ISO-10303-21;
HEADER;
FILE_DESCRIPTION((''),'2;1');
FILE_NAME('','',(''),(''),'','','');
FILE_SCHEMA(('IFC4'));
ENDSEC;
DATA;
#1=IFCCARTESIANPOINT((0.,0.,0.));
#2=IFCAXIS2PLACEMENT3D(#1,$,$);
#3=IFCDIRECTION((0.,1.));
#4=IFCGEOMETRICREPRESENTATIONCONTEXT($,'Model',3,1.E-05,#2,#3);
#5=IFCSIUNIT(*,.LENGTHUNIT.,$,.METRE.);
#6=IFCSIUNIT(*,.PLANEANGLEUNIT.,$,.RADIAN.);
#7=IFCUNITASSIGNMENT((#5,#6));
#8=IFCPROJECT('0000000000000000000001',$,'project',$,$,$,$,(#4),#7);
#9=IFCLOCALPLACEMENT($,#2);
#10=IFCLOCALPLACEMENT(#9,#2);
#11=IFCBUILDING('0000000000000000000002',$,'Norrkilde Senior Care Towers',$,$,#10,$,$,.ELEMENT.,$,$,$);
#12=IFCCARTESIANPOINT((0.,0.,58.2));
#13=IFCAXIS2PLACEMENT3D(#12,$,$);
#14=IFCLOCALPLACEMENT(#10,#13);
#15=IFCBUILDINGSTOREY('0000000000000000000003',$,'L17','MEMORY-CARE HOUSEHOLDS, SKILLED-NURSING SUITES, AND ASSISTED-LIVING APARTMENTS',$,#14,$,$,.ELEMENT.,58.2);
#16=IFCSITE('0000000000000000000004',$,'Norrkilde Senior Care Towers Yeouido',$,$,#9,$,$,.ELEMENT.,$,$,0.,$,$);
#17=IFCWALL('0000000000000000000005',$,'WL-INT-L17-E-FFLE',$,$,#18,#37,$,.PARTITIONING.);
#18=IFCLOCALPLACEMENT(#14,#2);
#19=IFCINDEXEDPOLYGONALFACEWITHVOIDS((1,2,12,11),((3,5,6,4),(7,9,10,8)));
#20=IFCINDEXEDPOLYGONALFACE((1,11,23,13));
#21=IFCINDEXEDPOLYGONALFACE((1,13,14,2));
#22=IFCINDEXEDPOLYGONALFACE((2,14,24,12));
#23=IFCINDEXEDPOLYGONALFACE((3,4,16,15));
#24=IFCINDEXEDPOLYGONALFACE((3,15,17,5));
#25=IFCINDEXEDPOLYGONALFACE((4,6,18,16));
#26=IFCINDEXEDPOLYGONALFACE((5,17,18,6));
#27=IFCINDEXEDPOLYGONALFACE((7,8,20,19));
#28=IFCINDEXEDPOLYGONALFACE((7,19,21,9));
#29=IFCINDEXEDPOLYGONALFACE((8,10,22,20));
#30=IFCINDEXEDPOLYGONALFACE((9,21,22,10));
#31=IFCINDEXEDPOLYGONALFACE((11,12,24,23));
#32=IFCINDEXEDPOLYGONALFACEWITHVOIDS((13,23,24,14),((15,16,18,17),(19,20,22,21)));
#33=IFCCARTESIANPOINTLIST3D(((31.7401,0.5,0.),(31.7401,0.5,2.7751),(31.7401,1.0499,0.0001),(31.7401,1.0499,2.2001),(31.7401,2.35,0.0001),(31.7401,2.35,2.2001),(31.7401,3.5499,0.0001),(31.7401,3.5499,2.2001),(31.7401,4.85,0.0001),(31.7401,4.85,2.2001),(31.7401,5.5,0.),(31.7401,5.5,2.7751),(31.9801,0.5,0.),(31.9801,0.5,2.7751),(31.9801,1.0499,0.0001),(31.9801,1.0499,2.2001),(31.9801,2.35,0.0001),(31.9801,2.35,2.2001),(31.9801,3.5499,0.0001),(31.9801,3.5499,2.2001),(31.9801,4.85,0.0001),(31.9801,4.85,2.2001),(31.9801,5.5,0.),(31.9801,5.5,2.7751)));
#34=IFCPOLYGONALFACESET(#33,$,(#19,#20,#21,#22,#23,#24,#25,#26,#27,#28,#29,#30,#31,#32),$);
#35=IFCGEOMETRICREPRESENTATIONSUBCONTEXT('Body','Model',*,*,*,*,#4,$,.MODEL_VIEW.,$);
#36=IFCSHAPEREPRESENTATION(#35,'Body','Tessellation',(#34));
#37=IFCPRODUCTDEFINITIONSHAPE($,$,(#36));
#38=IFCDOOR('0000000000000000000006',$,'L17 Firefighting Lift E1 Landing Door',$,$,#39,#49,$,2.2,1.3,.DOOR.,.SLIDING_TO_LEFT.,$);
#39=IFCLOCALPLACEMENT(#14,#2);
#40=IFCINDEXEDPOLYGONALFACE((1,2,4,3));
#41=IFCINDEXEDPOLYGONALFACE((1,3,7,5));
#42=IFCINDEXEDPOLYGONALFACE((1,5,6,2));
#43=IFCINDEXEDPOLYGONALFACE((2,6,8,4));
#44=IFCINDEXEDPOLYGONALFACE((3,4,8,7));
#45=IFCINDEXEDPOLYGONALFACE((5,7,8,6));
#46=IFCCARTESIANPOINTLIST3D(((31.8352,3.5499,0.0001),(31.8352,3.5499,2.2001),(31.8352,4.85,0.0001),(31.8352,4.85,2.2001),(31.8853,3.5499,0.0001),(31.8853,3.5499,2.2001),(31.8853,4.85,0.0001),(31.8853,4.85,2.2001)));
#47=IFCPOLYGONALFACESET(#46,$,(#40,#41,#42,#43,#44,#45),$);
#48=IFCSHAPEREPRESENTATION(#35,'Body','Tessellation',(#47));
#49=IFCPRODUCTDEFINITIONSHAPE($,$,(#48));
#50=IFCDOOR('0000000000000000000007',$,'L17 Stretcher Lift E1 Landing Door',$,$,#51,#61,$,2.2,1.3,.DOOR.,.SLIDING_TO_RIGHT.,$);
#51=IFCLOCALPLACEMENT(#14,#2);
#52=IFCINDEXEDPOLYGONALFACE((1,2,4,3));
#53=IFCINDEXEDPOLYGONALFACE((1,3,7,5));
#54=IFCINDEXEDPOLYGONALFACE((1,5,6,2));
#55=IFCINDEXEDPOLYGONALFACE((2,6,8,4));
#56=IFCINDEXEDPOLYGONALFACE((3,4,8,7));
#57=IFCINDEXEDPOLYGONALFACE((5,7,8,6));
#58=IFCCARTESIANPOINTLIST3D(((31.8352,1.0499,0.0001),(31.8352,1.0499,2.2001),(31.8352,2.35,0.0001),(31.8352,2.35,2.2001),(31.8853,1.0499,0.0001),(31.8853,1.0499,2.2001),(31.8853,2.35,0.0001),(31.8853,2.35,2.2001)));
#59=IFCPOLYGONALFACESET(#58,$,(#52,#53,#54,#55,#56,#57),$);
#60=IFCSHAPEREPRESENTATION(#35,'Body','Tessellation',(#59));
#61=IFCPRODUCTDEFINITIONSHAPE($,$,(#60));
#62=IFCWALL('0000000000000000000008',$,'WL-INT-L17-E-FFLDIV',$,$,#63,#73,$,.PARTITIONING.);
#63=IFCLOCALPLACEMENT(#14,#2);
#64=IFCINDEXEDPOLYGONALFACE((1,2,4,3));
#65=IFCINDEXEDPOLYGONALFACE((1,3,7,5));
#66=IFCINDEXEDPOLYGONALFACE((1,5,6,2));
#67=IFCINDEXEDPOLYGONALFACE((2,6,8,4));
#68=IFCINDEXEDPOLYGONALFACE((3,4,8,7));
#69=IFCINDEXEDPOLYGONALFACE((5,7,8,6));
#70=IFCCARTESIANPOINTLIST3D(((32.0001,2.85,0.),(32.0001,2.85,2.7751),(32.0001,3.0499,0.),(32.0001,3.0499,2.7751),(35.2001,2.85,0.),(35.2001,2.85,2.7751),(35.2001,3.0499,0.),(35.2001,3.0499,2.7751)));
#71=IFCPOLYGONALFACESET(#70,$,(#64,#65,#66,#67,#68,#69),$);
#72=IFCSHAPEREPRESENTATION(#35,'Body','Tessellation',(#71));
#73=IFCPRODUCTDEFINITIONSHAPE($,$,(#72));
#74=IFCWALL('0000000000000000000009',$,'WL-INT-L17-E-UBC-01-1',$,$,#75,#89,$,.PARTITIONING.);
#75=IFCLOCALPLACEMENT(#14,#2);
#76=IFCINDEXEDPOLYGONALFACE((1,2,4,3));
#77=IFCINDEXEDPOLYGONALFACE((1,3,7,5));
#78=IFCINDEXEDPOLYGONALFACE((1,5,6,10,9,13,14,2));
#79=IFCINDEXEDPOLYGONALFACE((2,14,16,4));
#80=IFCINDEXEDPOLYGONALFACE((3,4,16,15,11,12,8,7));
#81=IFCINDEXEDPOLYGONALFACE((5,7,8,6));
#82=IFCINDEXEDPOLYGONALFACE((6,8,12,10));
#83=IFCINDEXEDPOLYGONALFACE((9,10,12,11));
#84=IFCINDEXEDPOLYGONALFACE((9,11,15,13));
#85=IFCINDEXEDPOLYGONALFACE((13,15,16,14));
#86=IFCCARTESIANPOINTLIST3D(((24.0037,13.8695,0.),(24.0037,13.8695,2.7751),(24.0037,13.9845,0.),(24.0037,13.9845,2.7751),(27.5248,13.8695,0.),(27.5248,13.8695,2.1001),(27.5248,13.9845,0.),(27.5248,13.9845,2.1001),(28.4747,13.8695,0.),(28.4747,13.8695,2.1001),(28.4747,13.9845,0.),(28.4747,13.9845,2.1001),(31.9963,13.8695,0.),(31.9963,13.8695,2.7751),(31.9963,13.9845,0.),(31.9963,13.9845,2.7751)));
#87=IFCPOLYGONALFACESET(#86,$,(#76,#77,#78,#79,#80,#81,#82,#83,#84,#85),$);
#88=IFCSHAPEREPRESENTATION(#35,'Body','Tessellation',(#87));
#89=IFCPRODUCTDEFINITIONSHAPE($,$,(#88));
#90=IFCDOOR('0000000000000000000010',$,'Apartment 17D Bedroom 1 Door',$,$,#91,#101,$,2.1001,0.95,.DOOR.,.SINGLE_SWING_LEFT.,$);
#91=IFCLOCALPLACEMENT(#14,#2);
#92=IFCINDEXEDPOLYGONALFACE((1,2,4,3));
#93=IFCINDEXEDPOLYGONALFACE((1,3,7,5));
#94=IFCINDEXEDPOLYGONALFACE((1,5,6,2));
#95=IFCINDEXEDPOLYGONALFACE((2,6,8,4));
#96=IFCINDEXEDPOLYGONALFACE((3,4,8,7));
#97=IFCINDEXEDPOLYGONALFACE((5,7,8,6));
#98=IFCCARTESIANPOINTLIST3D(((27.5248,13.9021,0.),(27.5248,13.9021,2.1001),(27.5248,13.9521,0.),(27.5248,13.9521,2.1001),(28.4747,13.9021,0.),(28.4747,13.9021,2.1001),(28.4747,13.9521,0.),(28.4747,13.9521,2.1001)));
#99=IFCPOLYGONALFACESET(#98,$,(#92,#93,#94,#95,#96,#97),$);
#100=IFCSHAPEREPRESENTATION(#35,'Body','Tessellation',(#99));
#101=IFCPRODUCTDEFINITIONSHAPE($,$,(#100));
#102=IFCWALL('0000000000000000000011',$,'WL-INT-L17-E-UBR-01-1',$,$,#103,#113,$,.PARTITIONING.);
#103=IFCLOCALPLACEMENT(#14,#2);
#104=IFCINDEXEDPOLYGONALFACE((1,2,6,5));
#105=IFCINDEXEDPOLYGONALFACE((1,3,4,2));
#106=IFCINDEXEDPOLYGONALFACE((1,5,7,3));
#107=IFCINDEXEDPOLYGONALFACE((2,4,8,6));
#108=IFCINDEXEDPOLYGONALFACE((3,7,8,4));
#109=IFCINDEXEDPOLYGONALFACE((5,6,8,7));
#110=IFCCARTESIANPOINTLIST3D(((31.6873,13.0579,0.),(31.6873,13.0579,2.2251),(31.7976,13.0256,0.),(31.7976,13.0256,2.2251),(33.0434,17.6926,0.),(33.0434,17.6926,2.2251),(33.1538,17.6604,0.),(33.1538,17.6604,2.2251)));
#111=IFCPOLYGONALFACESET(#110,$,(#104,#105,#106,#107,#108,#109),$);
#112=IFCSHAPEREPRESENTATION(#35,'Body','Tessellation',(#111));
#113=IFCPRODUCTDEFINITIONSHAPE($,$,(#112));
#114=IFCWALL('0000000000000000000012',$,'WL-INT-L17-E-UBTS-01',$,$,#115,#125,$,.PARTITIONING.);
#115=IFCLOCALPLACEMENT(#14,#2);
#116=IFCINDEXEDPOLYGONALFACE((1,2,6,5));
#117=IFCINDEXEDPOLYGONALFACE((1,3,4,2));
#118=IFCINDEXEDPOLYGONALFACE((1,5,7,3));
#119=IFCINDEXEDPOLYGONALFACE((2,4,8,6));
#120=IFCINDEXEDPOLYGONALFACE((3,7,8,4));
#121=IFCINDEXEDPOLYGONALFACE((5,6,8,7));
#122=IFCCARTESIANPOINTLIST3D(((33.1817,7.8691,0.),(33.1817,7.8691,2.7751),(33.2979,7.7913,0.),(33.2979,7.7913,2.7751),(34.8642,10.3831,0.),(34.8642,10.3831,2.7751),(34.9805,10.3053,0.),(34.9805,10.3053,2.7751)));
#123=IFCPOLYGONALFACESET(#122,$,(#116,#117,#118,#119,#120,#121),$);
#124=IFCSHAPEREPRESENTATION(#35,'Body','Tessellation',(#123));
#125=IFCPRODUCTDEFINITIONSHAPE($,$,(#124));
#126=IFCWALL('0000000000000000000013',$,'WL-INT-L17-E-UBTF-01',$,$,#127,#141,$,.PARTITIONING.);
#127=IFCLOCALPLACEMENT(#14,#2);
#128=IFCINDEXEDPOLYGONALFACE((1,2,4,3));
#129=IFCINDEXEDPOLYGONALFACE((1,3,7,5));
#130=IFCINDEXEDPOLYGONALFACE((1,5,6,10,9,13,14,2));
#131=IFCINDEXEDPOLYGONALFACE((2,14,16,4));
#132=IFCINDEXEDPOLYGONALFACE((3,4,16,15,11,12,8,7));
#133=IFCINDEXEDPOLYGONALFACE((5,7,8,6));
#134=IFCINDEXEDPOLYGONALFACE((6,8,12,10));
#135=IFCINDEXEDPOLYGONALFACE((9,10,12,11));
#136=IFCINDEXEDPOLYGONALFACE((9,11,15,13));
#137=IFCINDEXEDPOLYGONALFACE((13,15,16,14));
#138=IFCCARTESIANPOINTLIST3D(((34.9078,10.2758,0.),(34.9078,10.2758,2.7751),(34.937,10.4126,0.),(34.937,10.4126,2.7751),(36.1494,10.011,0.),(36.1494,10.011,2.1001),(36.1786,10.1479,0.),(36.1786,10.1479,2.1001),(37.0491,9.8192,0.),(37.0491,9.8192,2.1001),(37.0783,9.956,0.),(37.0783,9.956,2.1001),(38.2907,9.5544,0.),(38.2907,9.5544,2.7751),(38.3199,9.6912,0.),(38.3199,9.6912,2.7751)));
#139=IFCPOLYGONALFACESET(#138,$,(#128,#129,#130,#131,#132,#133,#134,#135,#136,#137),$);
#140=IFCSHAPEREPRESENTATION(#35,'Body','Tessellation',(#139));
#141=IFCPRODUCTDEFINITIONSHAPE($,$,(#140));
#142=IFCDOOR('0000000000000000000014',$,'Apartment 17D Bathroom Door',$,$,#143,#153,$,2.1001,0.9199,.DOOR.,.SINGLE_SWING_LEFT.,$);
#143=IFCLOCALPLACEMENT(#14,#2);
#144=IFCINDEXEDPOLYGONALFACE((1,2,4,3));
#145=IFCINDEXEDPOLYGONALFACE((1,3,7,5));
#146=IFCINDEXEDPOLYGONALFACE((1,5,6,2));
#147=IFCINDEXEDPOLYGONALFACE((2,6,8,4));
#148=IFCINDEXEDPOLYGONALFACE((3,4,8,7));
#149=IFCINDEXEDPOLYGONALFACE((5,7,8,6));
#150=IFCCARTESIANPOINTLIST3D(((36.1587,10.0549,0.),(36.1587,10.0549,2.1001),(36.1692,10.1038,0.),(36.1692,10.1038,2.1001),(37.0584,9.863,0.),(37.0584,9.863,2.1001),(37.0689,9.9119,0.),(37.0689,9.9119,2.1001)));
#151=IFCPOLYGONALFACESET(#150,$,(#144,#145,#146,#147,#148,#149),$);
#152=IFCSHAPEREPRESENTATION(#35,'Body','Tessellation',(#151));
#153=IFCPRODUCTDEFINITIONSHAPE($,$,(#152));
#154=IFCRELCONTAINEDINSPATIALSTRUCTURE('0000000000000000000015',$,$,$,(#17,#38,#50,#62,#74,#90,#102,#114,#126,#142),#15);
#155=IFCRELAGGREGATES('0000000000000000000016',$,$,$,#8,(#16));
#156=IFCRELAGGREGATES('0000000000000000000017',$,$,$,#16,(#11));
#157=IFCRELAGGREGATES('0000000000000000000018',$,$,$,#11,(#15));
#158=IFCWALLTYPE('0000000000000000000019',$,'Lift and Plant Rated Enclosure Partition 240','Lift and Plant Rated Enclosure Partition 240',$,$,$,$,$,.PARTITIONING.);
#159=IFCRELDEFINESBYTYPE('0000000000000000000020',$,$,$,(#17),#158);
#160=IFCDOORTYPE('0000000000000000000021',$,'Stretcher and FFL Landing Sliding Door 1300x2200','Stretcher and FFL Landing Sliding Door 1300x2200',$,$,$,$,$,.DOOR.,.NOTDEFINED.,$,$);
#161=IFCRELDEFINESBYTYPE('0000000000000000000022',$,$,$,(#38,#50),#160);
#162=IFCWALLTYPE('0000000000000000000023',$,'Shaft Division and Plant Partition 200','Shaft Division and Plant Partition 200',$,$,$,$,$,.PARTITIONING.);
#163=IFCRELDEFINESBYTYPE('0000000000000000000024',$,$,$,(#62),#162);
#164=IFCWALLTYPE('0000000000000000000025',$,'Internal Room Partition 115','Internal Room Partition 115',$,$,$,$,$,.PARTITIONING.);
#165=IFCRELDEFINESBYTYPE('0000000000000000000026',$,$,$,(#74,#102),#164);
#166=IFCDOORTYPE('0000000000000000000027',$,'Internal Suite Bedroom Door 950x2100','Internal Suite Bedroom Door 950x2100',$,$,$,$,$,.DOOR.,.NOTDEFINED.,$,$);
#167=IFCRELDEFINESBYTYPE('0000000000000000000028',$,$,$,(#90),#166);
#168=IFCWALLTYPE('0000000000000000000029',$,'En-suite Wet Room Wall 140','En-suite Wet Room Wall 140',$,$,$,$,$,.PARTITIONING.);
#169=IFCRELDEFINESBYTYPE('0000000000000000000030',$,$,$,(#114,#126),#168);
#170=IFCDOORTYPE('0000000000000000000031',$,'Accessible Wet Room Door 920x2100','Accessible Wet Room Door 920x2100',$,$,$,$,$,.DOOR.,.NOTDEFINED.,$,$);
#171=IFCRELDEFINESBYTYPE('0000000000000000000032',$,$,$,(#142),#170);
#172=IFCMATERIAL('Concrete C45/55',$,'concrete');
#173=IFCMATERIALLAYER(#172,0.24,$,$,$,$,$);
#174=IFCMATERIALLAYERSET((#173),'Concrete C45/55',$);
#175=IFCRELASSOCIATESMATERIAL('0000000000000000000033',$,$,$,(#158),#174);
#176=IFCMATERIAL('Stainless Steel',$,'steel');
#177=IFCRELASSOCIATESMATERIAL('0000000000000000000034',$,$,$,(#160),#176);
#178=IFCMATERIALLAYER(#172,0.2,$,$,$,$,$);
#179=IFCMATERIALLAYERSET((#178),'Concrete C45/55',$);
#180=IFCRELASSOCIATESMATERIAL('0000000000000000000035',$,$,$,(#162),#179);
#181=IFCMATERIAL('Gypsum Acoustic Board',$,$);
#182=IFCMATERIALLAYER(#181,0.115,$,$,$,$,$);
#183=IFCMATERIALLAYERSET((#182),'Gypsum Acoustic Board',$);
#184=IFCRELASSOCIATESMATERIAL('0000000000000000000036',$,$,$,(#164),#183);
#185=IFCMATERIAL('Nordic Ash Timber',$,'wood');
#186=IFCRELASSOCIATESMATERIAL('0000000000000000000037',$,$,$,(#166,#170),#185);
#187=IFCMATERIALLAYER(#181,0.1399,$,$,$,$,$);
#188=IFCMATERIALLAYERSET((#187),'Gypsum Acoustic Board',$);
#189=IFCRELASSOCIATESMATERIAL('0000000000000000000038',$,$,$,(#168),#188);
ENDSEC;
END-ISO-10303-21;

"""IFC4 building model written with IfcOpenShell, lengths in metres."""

from ifc_helpers import new_model, si_unit, direction, frame, frame_2d, origin, place, context, subcontext, project, spatial, rectangle, extrude, source, transform, mapped, material, layer, layer_set, type_object, type_shapes, element, fill, save


model = new_model("IFC4")

# Units and contexts
model_context = context("Model", 3, precision=1e-05, world=origin(), true_north=direction((0.0, 1.0)))
body_context = subcontext(model_context, "Body", "Model", "MODEL_VIEW")
ifc_project = project(units=[si_unit("LENGTHUNIT", "METRE"), si_unit("PLANEANGLEUNIT", "RADIAN")], contexts=[model_context])

# Site, building, storey
site_placement = place(None, origin())
site = spatial("IfcSite", under=ifc_project, at=site_placement, Name="Norrkilde Senior Care Towers Yeouido", CompositionType="ELEMENT", RefElevation=0.0)
building_placement = place(site_placement, origin())
building = spatial("IfcBuilding", under=site, at=building_placement, Name="Norrkilde Senior Care Towers", CompositionType="ELEMENT")
storey_placement = place(building_placement, frame((0.0, 0.0, 58.2)))
storey = spatial("IfcBuildingStorey", under=building, at=storey_placement, Name="L17", Description="MEMORY-CARE HOUSEHOLDS, SKILLED-NURSING SUITES, AND ASSISTED-LIVING APARTMENTS", CompositionType="ELEMENT", Elevation=58.2)

# Shared definitions
ifc_material_1 = material(Name="Concrete C45/55", Category="concrete")

# Wall, openings, doors
ifc_layer_1 = layer(ifc_material_1, 0.24)
ifc_layer_set_1 = layer_set([ifc_layer_1], Name="Concrete C45/55")
wall_type_1 = type_object("IfcWallType", Name="Lift and Plant Rated Enclosure Partition 240", Description="Lift and Plant Rated Enclosure Partition 240", PredefinedType="PARTITIONING", material=ifc_layer_set_1)
shared_shape_1 = source(origin(), body_context, "Body", "SweptSolid", [
    extrude(rectangle(XDim=5.0, YDim=0.24, at=frame_2d((2.5, 0.0))), origin(), (0.0, 0.0, 1.0), 2.7751),
])
type_shapes(wall_type_1, [shared_shape_1])
wall_1_placement = place(storey_placement, frame((31.8601, 0.5, 0.0), z_axis=(0.0, 0.0, 1.0), x_axis=(0.0, 1.0, 0.0)))
wall_1 = element("IfcWall", 1, at=wall_1_placement, inside=storey, type_object=wall_type_1, Name="WL-INT-L17-E-FFLE", PredefinedType="PARTITIONING", context=body_context, shape_type="MappedRepresentation", body=[
    mapped(shared_shape_1, transform((0.0, 0.0, 0.0), x_axis=(1.0, 0.0, 0.0), y_axis=(0.0, 1.0, 0.0), z_axis=(0.0, 0.0, 1.0), scale=1.0)),
])
opening_1_placement = place(wall_1_placement, frame((3.05, 0.0, 0.0)))
opening_1 = element("IfcOpeningElement", 2, at=opening_1_placement, cuts=wall_1, PredefinedType="OPENING", context=body_context, shape_type="SweptSolid", body=[
    extrude(rectangle(XDim=1.3, YDim=2.2, at=frame_2d((0.6499, 1.1001))), frame((0.0, 0.1299, 0.0), z_axis=(0.0, -1.0, 0.0), x_axis=(1.0, 0.0, 0.0)), (0.0, 0.0, 1.0), 0.26),
])
opening_2_placement = place(wall_1_placement, frame((0.55, 0.0, 0.0)))
opening_2 = element("IfcOpeningElement", 3, at=opening_2_placement, cuts=wall_1, PredefinedType="OPENING", context=body_context, shape_type="SweptSolid", body=[
    extrude(rectangle(XDim=1.3, YDim=2.2, at=frame_2d((0.6499, 1.1001))), frame((0.0, 0.1299, 0.0), z_axis=(0.0, -1.0, 0.0), x_axis=(1.0, 0.0, 0.0)), (0.0, 0.0, 1.0), 0.26),
])
ifc_material_2 = material(Name="Stainless Steel", Category="steel")
door_type_1 = type_object("IfcDoorType", Name="Stretcher and FFL Landing Sliding Door 1300x2200", Description="Stretcher and FFL Landing Sliding Door 1300x2200", OperationType="NOTDEFINED", PredefinedType="DOOR", material=ifc_material_2)
shared_shape_2 = source(origin(), body_context, "Body", "SweptSolid", [
    extrude(rectangle(XDim=1.3, YDim=2.2, at=frame_2d((0.6499, 1.1001))), frame((0.0, 0.0249, 0.0), z_axis=(0.0, -1.0, 0.0), x_axis=(1.0, 0.0, 0.0)), (0.0, 0.0, 1.0), 0.05),
])
type_shapes(door_type_1, [shared_shape_2])
door_1_placement = place(opening_1_placement, origin())
door_1 = element("IfcDoor", 4, at=door_1_placement, inside=storey, type_object=door_type_1, Name="L17 Firefighting Lift E1 Landing Door", OperationType="SLIDING_TO_LEFT", OverallHeight=2.2, OverallWidth=1.3, PredefinedType="DOOR", context=body_context, shape_type="MappedRepresentation", body=[
    mapped(shared_shape_2, transform((0.0, 0.0, 0.0), x_axis=(1.0, 0.0, 0.0), y_axis=(0.0, 1.0, 0.0), z_axis=(0.0, 0.0, 1.0), scale=1.0)),
])
fill(opening_1, door_1)
door_2_placement = place(opening_2_placement, origin())
door_2 = element("IfcDoor", 5, at=door_2_placement, inside=storey, type_object=door_type_1, Name="L17 Stretcher Lift E1 Landing Door", OperationType="SLIDING_TO_RIGHT", OverallHeight=2.2, OverallWidth=1.3, PredefinedType="DOOR", context=body_context, shape_type="MappedRepresentation", body=[
    mapped(shared_shape_2, transform((0.0, 0.0, 0.0), x_axis=(1.0, 0.0, 0.0), y_axis=(0.0, 1.0, 0.0), z_axis=(0.0, 0.0, 1.0), scale=1.0)),
])
fill(opening_2, door_2)

# Wall
ifc_layer_2 = layer(ifc_material_1, 0.2)
ifc_layer_set_2 = layer_set([ifc_layer_2], Name="Concrete C45/55")
wall_type_2 = type_object("IfcWallType", Name="Shaft Division and Plant Partition 200", Description="Shaft Division and Plant Partition 200", PredefinedType="PARTITIONING", material=ifc_layer_set_2)
shared_shape_3 = source(origin(), body_context, "Body", "SweptSolid", [
    extrude(rectangle(XDim=3.2, YDim=0.2, at=frame_2d((1.6001, 0.0))), origin(), (0.0, 0.0, 1.0), 2.7751),
])
type_shapes(wall_type_2, [shared_shape_3])
wall_2_placement = place(storey_placement, frame((32.0, 2.95, 0.0), z_axis=(0.0, 0.0, 1.0), x_axis=(1.0, 0.0, 0.0)))
element("IfcWall", 6, at=wall_2_placement, inside=storey, type_object=wall_type_2, Name="WL-INT-L17-E-FFLDIV", PredefinedType="PARTITIONING", context=body_context, shape_type="MappedRepresentation", body=[
    mapped(shared_shape_3, transform((0.0, 0.0, 0.0), x_axis=(1.0, 0.0, 0.0), y_axis=(0.0, 1.0, 0.0), z_axis=(0.0, 0.0, 1.0), scale=1.0)),
])

# Wall, opening, door
ifc_material_3 = material(Name="Gypsum Acoustic Board")
ifc_layer_3 = layer(ifc_material_3, 0.115)
ifc_layer_set_3 = layer_set([ifc_layer_3], Name="Gypsum Acoustic Board")
wall_type_3 = type_object("IfcWallType", Name="Internal Room Partition 115", Description="Internal Room Partition 115", PredefinedType="PARTITIONING", material=ifc_layer_set_3)
shared_shape_4 = source(origin(), body_context, "Body", "SweptSolid", [
    extrude(rectangle(XDim=7.9927, YDim=0.115, at=frame_2d((3.9963, 0.0))), origin(), (0.0, 0.0, 1.0), 2.7751),
])
wall_3_placement = place(storey_placement, frame((31.9963, 13.927, 0.0), z_axis=(0.0, 0.0, 1.0), x_axis=(-1.0, 0.0, 0.0)))
wall_3 = element("IfcWall", 7, at=wall_3_placement, inside=storey, type_object=wall_type_3, Name="WL-INT-L17-E-UBC-01-1", PredefinedType="PARTITIONING", context=body_context, shape_type="MappedRepresentation", body=[
    mapped(shared_shape_4, transform((0.0, 0.0, 0.0), x_axis=(1.0, 0.0, 0.0), y_axis=(0.0, 1.0, 0.0), z_axis=(0.0, 0.0, 1.0), scale=1.0)),
])
opening_3_placement = place(wall_3_placement, frame((3.5215, 0.0, 0.0)))
opening_3 = element("IfcOpeningElement", 8, at=opening_3_placement, cuts=wall_3, PredefinedType="OPENING", context=body_context, shape_type="SweptSolid", body=[
    extrude(rectangle(XDim=0.95, YDim=2.1001, at=frame_2d((0.4751, 1.05))), frame((0.0, 0.0674, 0.0), z_axis=(0.0, -1.0, 0.0), x_axis=(1.0, 0.0, 0.0)), (0.0, 0.0, 1.0), 0.135),
])
ifc_material_4 = material(Name="Nordic Ash Timber", Category="wood")
door_type_2 = type_object("IfcDoorType", Name="Internal Suite Bedroom Door 950x2100", Description="Internal Suite Bedroom Door 950x2100", OperationType="NOTDEFINED", PredefinedType="DOOR", material=ifc_material_4)
shared_shape_5 = source(origin(), body_context, "Body", "SweptSolid", [
    extrude(rectangle(XDim=0.95, YDim=2.1001, at=frame_2d((0.4751, 1.05))), frame((0.0, 0.0249, 0.0), z_axis=(0.0, -1.0, 0.0), x_axis=(1.0, 0.0, 0.0)), (0.0, 0.0, 1.0), 0.05),
])
type_shapes(door_type_2, [shared_shape_5])
door_3_placement = place(opening_3_placement, origin())
door_3 = element("IfcDoor", 9, at=door_3_placement, inside=storey, type_object=door_type_2, Name="Apartment 17D Bedroom 1 Door", OperationType="SINGLE_SWING_LEFT", OverallHeight=2.1001, OverallWidth=0.95, PredefinedType="DOOR", context=body_context, shape_type="MappedRepresentation", body=[
    mapped(shared_shape_5, transform((0.0, 0.0, 0.0), x_axis=(1.0, 0.0, 0.0), y_axis=(0.0, 1.0, 0.0), z_axis=(0.0, 0.0, 1.0), scale=1.0)),
])
fill(opening_3, door_3)

# Walls
shared_shape_6 = source(origin(), body_context, "Body", "SweptSolid", [
    extrude(rectangle(XDim=4.8291, YDim=0.115, at=frame_2d((2.4146, 0.0))), origin(), (0.0, 0.0, 1.0), 2.2251),
])
wall_4_placement = place(storey_placement, frame((31.7424, 13.0417, 0.0), z_axis=(0.0, 0.0, 1.0), x_axis=(0.280839, 0.959755, 0.0)))
element("IfcWall", 10, at=wall_4_placement, inside=storey, type_object=wall_type_3, Name="WL-INT-L17-E-UBR-01-1", PredefinedType="PARTITIONING", context=body_context, shape_type="MappedRepresentation", body=[
    mapped(shared_shape_6, transform((0.0, 0.0, 0.0), x_axis=(1.0, 0.0, 0.0), y_axis=(0.0, 1.0, 0.0), z_axis=(0.0, 0.0, 1.0), scale=1.0)),
])
ifc_layer_4 = layer(ifc_material_3, 0.1399)
ifc_layer_set_4 = layer_set([ifc_layer_4], Name="Gypsum Acoustic Board")
wall_type_4 = type_object("IfcWallType", Name="En-suite Wet Room Wall 140", Description="En-suite Wet Room Wall 140", PredefinedType="PARTITIONING", material=ifc_layer_set_4)
shared_shape_7 = source(origin(), body_context, "Body", "SweptSolid", [
    extrude(rectangle(XDim=3.0251, YDim=0.1399, at=frame_2d((1.5127, 0.0))), origin(), (0.0, 0.0, 1.0), 2.7751),
])
wall_5_placement = place(storey_placement, frame((33.2397, 7.8301, 0.0), z_axis=(0.0, 0.0, 1.0), x_axis=(0.556189, 0.831056, 0.0)))
element("IfcWall", 11, at=wall_5_placement, inside=storey, type_object=wall_type_4, Name="WL-INT-L17-E-UBTS-01", PredefinedType="PARTITIONING", context=body_context, shape_type="MappedRepresentation", body=[
    mapped(shared_shape_7, transform((0.0, 0.0, 0.0), x_axis=(1.0, 0.0, 0.0), y_axis=(0.0, 1.0, 0.0), z_axis=(0.0, 0.0, 1.0), scale=1.0)),
])

# Wall, opening, door
shared_shape_8 = source(origin(), body_context, "Body", "SweptSolid", [
    extrude(rectangle(XDim=3.459, YDim=0.1399, at=frame_2d((1.7295, 0.0))), origin(), (0.0, 0.0, 1.0), 2.7751),
])
type_shapes(wall_type_4, [shared_shape_7, shared_shape_8])
wall_6_placement = place(storey_placement, frame((34.9224, 10.3442, 0.0), z_axis=(0.0, 0.0, 1.0), x_axis=(0.978006, -0.208575, 0.0)))
wall_6 = element("IfcWall", 12, at=wall_6_placement, inside=storey, type_object=wall_type_4, Name="WL-INT-L17-E-UBTF-01", PredefinedType="PARTITIONING", context=body_context, shape_type="MappedRepresentation", body=[
    mapped(shared_shape_8, transform((0.0, 0.0, 0.0), x_axis=(1.0, 0.0, 0.0), y_axis=(0.0, 1.0, 0.0), z_axis=(0.0, 0.0, 1.0), scale=1.0)),
])
opening_4_placement = place(wall_6_placement, frame((1.2695, 0.0, 0.0)))
opening_4 = element("IfcOpeningElement", 13, at=opening_4_placement, cuts=wall_6, PredefinedType="OPENING", context=body_context, shape_type="SweptSolid", body=[
    extrude(rectangle(XDim=0.9199, YDim=2.1001, at=frame_2d((0.46, 1.05))), frame((0.0, 0.0798, 0.0), z_axis=(0.0, -1.0, 0.0), x_axis=(1.0, 0.0, 0.0)), (0.0, 0.0, 1.0), 0.1599),
])
door_type_3 = type_object("IfcDoorType", Name="Accessible Wet Room Door 920x2100", Description="Accessible Wet Room Door 920x2100", OperationType="NOTDEFINED", PredefinedType="DOOR", material=ifc_material_4)
shared_shape_9 = source(origin(), body_context, "Body", "SweptSolid", [
    extrude(rectangle(XDim=0.9199, YDim=2.1001, at=frame_2d((0.46, 1.05))), frame((0.0, 0.0249, 0.0), z_axis=(0.0, -1.0, 0.0), x_axis=(1.0, 0.0, 0.0)), (0.0, 0.0, 1.0), 0.05),
])
type_shapes(door_type_3, [shared_shape_9])
door_4_placement = place(opening_4_placement, origin())
door_4 = element("IfcDoor", 14, at=door_4_placement, inside=storey, type_object=door_type_3, Name="Apartment 17D Bathroom Door", OperationType="SINGLE_SWING_LEFT", OverallHeight=2.1001, OverallWidth=0.9199, PredefinedType="DOOR", context=body_context, shape_type="MappedRepresentation", body=[
    mapped(shared_shape_9, transform((0.0, 0.0, 0.0), x_axis=(1.0, 0.0, 0.0), y_axis=(0.0, 1.0, 0.0), z_axis=(0.0, 0.0, 1.0), scale=1.0)),
])
fill(opening_4, door_4)

save(model, "model.ifc")
